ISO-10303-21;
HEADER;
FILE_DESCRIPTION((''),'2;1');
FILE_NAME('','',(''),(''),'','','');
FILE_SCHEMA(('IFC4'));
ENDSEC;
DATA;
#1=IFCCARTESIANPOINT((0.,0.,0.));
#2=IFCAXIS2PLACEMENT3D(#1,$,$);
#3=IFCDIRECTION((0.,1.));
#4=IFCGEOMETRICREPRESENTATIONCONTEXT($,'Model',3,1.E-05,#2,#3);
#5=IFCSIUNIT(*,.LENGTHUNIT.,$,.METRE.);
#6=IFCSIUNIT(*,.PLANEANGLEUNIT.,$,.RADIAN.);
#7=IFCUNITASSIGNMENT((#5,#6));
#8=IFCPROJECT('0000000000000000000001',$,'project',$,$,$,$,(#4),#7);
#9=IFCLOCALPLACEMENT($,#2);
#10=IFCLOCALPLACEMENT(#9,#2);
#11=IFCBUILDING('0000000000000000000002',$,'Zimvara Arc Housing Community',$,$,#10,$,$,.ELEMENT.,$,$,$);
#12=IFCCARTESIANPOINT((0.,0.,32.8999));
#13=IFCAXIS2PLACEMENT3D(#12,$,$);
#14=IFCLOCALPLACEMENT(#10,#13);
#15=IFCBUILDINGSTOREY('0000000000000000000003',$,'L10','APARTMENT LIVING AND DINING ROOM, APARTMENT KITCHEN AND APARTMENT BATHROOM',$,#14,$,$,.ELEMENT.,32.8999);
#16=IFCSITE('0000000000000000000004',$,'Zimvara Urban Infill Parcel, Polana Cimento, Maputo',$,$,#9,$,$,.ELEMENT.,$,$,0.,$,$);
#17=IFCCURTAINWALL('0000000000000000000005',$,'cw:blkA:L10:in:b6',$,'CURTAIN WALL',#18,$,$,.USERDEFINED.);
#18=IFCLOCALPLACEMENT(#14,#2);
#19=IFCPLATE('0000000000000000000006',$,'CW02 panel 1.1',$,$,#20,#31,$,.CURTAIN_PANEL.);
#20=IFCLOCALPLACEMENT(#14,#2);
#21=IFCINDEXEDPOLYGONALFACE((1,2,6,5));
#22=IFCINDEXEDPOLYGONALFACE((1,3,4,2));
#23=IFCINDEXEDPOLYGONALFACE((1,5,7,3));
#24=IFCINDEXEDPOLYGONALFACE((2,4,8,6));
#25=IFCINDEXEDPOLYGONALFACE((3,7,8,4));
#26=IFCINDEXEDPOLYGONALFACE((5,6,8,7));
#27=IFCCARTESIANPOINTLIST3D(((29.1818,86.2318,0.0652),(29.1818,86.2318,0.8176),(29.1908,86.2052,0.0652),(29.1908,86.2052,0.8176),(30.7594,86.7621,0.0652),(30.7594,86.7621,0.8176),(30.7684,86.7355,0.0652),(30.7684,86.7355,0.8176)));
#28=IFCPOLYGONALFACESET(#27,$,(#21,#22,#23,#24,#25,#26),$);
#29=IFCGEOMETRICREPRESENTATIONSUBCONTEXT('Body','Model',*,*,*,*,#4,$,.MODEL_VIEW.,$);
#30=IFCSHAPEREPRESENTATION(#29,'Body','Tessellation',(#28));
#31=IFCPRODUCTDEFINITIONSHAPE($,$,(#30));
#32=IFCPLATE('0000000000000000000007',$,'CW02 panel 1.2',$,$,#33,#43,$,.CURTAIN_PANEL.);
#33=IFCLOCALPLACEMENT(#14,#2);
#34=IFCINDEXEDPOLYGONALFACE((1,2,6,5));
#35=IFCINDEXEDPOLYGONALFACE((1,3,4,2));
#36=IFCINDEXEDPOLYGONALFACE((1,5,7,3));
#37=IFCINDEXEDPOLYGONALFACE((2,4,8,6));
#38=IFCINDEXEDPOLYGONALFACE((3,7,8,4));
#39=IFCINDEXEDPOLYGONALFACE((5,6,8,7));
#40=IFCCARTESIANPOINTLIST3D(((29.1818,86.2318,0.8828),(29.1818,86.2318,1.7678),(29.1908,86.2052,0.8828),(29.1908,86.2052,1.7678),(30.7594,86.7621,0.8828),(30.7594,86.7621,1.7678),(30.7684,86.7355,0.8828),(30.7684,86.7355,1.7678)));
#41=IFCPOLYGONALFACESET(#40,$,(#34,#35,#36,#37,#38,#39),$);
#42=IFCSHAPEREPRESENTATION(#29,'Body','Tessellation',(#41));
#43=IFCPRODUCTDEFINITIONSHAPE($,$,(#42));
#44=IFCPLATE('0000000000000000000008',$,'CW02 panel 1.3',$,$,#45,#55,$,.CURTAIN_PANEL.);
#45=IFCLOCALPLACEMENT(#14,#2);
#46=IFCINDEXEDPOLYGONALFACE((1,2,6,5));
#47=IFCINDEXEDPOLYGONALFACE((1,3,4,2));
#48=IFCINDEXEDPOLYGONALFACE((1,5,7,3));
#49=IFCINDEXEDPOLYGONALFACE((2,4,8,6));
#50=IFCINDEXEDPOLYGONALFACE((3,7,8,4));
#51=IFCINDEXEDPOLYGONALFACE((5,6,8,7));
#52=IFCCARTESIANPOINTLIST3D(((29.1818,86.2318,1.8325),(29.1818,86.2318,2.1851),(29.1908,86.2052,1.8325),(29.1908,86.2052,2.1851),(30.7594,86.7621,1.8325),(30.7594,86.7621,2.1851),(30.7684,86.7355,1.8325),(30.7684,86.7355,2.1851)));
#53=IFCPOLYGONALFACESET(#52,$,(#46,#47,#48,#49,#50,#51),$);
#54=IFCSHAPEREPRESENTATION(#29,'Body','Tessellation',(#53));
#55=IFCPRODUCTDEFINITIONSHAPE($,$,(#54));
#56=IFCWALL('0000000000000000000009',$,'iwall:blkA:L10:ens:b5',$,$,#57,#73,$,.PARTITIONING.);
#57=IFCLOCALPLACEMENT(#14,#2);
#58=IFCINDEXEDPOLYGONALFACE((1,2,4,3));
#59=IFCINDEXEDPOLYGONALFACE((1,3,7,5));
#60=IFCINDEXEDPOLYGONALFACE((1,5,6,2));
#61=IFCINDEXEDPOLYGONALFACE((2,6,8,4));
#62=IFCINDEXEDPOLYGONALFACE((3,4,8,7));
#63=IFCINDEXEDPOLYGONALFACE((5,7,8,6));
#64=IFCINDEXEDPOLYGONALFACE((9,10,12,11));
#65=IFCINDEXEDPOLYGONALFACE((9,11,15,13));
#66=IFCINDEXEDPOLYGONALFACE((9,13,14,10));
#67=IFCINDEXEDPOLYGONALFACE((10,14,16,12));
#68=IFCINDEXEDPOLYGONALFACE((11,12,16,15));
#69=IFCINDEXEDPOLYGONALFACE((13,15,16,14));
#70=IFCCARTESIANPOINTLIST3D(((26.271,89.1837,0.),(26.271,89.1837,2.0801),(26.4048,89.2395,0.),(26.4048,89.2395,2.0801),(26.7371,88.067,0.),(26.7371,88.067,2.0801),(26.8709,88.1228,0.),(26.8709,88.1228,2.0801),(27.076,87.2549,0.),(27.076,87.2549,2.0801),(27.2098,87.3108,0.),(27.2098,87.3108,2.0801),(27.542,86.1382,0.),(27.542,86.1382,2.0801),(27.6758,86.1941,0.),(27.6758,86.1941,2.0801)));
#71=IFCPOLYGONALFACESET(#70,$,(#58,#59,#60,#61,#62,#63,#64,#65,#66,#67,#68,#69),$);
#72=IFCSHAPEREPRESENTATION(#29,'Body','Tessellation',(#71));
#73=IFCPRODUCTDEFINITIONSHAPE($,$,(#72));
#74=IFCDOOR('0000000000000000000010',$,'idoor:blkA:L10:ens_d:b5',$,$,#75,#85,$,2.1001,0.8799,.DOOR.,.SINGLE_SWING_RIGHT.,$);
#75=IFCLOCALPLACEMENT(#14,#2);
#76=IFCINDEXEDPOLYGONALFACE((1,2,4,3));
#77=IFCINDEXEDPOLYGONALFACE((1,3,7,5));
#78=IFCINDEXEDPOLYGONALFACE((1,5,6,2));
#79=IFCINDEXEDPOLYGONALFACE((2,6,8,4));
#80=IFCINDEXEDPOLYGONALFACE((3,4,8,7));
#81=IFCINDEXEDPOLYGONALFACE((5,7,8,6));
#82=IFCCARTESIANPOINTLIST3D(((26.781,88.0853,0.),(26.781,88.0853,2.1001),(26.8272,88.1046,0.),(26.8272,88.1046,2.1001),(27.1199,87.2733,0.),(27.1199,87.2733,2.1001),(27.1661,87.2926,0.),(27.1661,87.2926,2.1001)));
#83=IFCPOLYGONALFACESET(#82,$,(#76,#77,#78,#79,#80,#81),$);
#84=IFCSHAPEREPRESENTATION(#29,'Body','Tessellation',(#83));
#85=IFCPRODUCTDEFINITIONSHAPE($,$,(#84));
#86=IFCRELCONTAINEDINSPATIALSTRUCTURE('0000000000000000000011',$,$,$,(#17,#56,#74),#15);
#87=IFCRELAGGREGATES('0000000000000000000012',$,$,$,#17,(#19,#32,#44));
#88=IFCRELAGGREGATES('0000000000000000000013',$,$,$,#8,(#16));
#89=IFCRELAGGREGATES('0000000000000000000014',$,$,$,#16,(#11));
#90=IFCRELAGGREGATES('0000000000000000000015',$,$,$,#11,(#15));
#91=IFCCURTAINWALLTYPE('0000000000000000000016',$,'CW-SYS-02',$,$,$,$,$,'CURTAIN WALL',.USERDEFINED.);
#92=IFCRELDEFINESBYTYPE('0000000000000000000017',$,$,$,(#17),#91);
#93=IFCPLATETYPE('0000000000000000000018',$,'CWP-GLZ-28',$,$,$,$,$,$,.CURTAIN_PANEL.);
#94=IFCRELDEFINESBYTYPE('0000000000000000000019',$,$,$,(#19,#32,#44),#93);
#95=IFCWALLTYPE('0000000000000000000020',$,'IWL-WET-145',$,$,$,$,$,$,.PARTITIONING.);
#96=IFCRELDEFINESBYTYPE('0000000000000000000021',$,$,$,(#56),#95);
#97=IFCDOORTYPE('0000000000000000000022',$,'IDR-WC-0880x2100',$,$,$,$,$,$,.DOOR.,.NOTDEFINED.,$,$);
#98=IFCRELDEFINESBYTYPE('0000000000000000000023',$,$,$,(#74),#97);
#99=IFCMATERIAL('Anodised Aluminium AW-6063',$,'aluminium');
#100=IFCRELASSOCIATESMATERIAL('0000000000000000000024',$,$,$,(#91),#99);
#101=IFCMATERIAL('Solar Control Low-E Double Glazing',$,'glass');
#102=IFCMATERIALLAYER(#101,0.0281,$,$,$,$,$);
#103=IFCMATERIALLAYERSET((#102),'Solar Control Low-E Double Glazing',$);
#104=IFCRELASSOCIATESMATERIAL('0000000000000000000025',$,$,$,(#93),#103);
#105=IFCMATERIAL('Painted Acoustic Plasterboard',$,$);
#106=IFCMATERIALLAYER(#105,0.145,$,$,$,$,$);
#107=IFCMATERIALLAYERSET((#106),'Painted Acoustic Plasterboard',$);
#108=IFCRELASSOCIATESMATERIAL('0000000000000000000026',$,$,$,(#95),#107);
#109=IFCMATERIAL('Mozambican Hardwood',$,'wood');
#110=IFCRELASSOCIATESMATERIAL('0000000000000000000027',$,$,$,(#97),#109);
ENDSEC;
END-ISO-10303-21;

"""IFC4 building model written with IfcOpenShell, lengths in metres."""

from ifc_helpers import new_model, si_unit, direction, frame, frame_2d, origin, origin_2d, place, context, subcontext, project, spatial, rectangle, extrude, material, layer, layer_set, type_object, element, fill, aggregate, save


model = new_model("IFC4")

# Units and contexts
model_context = context("Model", 3, precision=1e-05, world=origin(), true_north=direction((0.0, 1.0)))
body_context = subcontext(model_context, "Body", "Model", "MODEL_VIEW")
ifc_project = project(units=[si_unit("LENGTHUNIT", "METRE"), si_unit("PLANEANGLEUNIT", "RADIAN")], contexts=[model_context])

# Site, building, storey
site_placement = place(None, origin())
site = spatial("IfcSite", under=ifc_project, at=site_placement, Name="Zimvara Urban Infill Parcel, Polana Cimento, Maputo", CompositionType="ELEMENT", RefElevation=0.0)
building_placement = place(site_placement, origin())
building = spatial("IfcBuilding", under=site, at=building_placement, Name="Zimvara Arc Housing Community", CompositionType="ELEMENT")
storey_placement = place(building_placement, frame((0.0, 0.0, 32.8999)))
storey = spatial("IfcBuildingStorey", under=building, at=storey_placement, Name="L10", Description="APARTMENT LIVING AND DINING ROOM, APARTMENT KITCHEN AND APARTMENT BATHROOM", CompositionType="ELEMENT", Elevation=32.8999)

# Curtain wall
ifc_material_1 = material(Name="Anodised Aluminium AW-6063", Category="aluminium")
curtain_wall_type_1 = type_object("IfcCurtainWallType", Name="CW-SYS-02", ElementType="CURTAIN WALL", PredefinedType="USERDEFINED", material=ifc_material_1)
curtain_wall_1_placement = place(storey_placement, origin())
curtain_wall_1 = element("IfcCurtainWall", 1, at=curtain_wall_1_placement, inside=storey, type_object=curtain_wall_type_1, Name="cw:blkA:L10:in:b6", ObjectType="CURTAIN WALL", PredefinedType="USERDEFINED")

# Plates
ifc_material_2 = material(Name="Solar Control Low-E Double Glazing", Category="glass")
ifc_layer_1 = layer(ifc_material_2, 0.0281)
ifc_layer_set_1 = layer_set([ifc_layer_1], Name="Solar Control Low-E Double Glazing")
plate_type_1 = type_object("IfcPlateType", Name="CWP-GLZ-28", PredefinedType="CURTAIN_PANEL", material=ifc_layer_set_1)
plate_1_placement = place(storey_placement, frame((29.9751, 86.4836, 0.0652), z_axis=(0.0, 0.0, 1.0), x_axis=(0.947879, 0.31863, 0.0)))
plate_1 = element("IfcPlate", 2, at=plate_1_placement, type_object=plate_type_1, Name="CW02 panel 1.1", PredefinedType="CURTAIN_PANEL", context=body_context, shape_type="SweptSolid", body=[
    extrude(rectangle(XDim=1.6643, YDim=0.0281, at=origin_2d()), origin(), (0.0, 0.0, 1.0), 0.7524),
])
plate_2_placement = place(storey_placement, frame((29.9751, 86.4836, 0.8828), z_axis=(0.0, 0.0, 1.0), x_axis=(0.947879, 0.31863, 0.0)))
plate_2 = element("IfcPlate", 3, at=plate_2_placement, type_object=plate_type_1, Name="CW02 panel 1.2", PredefinedType="CURTAIN_PANEL", context=body_context, shape_type="SweptSolid", body=[
    extrude(rectangle(XDim=1.6643, YDim=0.0281, at=origin_2d()), origin(), (0.0, 0.0, 1.0), 0.885),
])
plate_3_placement = place(storey_placement, frame((29.9751, 86.4836, 1.8325), z_axis=(0.0, 0.0, 1.0), x_axis=(0.947879, 0.31863, 0.0)))
plate_3 = element("IfcPlate", 4, at=plate_3_placement, type_object=plate_type_1, Name="CW02 panel 1.3", PredefinedType="CURTAIN_PANEL", context=body_context, shape_type="SweptSolid", body=[
    extrude(rectangle(XDim=1.6643, YDim=0.0281, at=origin_2d()), origin(), (0.0, 0.0, 1.0), 0.3525),
])
aggregate(curtain_wall_1, [plate_1, plate_2, plate_3])

# Wall, opening, door
ifc_material_3 = material(Name="Painted Acoustic Plasterboard")
ifc_layer_2 = layer(ifc_material_3, 0.145)
ifc_layer_set_2 = layer_set([ifc_layer_2], Name="Painted Acoustic Plasterboard")
wall_type = type_object("IfcWallType", Name="IWL-WET-145", PredefinedType="PARTITIONING", material=ifc_layer_set_2)
wall_placement = place(storey_placement, frame((27.6089, 86.1663, 0.0), z_axis=(0.0, 0.0, 1.0), x_axis=(-0.385151, 0.922854, 0.0)))
wall = element("IfcWall", 5, at=wall_placement, inside=storey, type_object=wall_type, Name="iwall:blkA:L10:ens:b5", PredefinedType="PARTITIONING", context=body_context, shape_type="SweptSolid", body=[
    extrude(rectangle(XDim=3.3, YDim=0.145, at=frame_2d((1.6499, 0.0))), origin(), (0.0, 0.0, 1.0), 2.0801),
])
opening_placement = place(wall_placement, frame((1.21, 0.0, 0.0)))
opening = element("IfcOpeningElement", 6, at=opening_placement, cuts=wall, PredefinedType="OPENING", context=body_context, shape_type="SweptSolid", body=[
    extrude(rectangle(XDim=0.8799, YDim=2.1001, at=frame_2d((0.4399, 1.05))), frame((0.0, 0.0825, 0.0), z_axis=(0.0, -1.0, 0.0), x_axis=(1.0, 0.0, 0.0)), (0.0, 0.0, 1.0), 0.165),
])
ifc_material_4 = material(Name="Mozambican Hardwood", Category="wood")
door_type = type_object("IfcDoorType", Name="IDR-WC-0880x2100", OperationType="NOTDEFINED", PredefinedType="DOOR", material=ifc_material_4)
door_placement = place(opening_placement, origin())
door = element("IfcDoor", 7, at=door_placement, inside=storey, type_object=door_type, Name="idoor:blkA:L10:ens_d:b5", OperationType="SINGLE_SWING_RIGHT", OverallHeight=2.1001, OverallWidth=0.8799, PredefinedType="DOOR", context=body_context, shape_type="SweptSolid", body=[
    extrude(rectangle(XDim=0.8799, YDim=2.1001, at=frame_2d((0.4399, 1.05))), frame((0.0, 0.0249, 0.0), z_axis=(0.0, -1.0, 0.0), x_axis=(1.0, 0.0, 0.0)), (0.0, 0.0, 1.0), 0.05),
])
fill(opening, door)

save(model, "model.ifc")
